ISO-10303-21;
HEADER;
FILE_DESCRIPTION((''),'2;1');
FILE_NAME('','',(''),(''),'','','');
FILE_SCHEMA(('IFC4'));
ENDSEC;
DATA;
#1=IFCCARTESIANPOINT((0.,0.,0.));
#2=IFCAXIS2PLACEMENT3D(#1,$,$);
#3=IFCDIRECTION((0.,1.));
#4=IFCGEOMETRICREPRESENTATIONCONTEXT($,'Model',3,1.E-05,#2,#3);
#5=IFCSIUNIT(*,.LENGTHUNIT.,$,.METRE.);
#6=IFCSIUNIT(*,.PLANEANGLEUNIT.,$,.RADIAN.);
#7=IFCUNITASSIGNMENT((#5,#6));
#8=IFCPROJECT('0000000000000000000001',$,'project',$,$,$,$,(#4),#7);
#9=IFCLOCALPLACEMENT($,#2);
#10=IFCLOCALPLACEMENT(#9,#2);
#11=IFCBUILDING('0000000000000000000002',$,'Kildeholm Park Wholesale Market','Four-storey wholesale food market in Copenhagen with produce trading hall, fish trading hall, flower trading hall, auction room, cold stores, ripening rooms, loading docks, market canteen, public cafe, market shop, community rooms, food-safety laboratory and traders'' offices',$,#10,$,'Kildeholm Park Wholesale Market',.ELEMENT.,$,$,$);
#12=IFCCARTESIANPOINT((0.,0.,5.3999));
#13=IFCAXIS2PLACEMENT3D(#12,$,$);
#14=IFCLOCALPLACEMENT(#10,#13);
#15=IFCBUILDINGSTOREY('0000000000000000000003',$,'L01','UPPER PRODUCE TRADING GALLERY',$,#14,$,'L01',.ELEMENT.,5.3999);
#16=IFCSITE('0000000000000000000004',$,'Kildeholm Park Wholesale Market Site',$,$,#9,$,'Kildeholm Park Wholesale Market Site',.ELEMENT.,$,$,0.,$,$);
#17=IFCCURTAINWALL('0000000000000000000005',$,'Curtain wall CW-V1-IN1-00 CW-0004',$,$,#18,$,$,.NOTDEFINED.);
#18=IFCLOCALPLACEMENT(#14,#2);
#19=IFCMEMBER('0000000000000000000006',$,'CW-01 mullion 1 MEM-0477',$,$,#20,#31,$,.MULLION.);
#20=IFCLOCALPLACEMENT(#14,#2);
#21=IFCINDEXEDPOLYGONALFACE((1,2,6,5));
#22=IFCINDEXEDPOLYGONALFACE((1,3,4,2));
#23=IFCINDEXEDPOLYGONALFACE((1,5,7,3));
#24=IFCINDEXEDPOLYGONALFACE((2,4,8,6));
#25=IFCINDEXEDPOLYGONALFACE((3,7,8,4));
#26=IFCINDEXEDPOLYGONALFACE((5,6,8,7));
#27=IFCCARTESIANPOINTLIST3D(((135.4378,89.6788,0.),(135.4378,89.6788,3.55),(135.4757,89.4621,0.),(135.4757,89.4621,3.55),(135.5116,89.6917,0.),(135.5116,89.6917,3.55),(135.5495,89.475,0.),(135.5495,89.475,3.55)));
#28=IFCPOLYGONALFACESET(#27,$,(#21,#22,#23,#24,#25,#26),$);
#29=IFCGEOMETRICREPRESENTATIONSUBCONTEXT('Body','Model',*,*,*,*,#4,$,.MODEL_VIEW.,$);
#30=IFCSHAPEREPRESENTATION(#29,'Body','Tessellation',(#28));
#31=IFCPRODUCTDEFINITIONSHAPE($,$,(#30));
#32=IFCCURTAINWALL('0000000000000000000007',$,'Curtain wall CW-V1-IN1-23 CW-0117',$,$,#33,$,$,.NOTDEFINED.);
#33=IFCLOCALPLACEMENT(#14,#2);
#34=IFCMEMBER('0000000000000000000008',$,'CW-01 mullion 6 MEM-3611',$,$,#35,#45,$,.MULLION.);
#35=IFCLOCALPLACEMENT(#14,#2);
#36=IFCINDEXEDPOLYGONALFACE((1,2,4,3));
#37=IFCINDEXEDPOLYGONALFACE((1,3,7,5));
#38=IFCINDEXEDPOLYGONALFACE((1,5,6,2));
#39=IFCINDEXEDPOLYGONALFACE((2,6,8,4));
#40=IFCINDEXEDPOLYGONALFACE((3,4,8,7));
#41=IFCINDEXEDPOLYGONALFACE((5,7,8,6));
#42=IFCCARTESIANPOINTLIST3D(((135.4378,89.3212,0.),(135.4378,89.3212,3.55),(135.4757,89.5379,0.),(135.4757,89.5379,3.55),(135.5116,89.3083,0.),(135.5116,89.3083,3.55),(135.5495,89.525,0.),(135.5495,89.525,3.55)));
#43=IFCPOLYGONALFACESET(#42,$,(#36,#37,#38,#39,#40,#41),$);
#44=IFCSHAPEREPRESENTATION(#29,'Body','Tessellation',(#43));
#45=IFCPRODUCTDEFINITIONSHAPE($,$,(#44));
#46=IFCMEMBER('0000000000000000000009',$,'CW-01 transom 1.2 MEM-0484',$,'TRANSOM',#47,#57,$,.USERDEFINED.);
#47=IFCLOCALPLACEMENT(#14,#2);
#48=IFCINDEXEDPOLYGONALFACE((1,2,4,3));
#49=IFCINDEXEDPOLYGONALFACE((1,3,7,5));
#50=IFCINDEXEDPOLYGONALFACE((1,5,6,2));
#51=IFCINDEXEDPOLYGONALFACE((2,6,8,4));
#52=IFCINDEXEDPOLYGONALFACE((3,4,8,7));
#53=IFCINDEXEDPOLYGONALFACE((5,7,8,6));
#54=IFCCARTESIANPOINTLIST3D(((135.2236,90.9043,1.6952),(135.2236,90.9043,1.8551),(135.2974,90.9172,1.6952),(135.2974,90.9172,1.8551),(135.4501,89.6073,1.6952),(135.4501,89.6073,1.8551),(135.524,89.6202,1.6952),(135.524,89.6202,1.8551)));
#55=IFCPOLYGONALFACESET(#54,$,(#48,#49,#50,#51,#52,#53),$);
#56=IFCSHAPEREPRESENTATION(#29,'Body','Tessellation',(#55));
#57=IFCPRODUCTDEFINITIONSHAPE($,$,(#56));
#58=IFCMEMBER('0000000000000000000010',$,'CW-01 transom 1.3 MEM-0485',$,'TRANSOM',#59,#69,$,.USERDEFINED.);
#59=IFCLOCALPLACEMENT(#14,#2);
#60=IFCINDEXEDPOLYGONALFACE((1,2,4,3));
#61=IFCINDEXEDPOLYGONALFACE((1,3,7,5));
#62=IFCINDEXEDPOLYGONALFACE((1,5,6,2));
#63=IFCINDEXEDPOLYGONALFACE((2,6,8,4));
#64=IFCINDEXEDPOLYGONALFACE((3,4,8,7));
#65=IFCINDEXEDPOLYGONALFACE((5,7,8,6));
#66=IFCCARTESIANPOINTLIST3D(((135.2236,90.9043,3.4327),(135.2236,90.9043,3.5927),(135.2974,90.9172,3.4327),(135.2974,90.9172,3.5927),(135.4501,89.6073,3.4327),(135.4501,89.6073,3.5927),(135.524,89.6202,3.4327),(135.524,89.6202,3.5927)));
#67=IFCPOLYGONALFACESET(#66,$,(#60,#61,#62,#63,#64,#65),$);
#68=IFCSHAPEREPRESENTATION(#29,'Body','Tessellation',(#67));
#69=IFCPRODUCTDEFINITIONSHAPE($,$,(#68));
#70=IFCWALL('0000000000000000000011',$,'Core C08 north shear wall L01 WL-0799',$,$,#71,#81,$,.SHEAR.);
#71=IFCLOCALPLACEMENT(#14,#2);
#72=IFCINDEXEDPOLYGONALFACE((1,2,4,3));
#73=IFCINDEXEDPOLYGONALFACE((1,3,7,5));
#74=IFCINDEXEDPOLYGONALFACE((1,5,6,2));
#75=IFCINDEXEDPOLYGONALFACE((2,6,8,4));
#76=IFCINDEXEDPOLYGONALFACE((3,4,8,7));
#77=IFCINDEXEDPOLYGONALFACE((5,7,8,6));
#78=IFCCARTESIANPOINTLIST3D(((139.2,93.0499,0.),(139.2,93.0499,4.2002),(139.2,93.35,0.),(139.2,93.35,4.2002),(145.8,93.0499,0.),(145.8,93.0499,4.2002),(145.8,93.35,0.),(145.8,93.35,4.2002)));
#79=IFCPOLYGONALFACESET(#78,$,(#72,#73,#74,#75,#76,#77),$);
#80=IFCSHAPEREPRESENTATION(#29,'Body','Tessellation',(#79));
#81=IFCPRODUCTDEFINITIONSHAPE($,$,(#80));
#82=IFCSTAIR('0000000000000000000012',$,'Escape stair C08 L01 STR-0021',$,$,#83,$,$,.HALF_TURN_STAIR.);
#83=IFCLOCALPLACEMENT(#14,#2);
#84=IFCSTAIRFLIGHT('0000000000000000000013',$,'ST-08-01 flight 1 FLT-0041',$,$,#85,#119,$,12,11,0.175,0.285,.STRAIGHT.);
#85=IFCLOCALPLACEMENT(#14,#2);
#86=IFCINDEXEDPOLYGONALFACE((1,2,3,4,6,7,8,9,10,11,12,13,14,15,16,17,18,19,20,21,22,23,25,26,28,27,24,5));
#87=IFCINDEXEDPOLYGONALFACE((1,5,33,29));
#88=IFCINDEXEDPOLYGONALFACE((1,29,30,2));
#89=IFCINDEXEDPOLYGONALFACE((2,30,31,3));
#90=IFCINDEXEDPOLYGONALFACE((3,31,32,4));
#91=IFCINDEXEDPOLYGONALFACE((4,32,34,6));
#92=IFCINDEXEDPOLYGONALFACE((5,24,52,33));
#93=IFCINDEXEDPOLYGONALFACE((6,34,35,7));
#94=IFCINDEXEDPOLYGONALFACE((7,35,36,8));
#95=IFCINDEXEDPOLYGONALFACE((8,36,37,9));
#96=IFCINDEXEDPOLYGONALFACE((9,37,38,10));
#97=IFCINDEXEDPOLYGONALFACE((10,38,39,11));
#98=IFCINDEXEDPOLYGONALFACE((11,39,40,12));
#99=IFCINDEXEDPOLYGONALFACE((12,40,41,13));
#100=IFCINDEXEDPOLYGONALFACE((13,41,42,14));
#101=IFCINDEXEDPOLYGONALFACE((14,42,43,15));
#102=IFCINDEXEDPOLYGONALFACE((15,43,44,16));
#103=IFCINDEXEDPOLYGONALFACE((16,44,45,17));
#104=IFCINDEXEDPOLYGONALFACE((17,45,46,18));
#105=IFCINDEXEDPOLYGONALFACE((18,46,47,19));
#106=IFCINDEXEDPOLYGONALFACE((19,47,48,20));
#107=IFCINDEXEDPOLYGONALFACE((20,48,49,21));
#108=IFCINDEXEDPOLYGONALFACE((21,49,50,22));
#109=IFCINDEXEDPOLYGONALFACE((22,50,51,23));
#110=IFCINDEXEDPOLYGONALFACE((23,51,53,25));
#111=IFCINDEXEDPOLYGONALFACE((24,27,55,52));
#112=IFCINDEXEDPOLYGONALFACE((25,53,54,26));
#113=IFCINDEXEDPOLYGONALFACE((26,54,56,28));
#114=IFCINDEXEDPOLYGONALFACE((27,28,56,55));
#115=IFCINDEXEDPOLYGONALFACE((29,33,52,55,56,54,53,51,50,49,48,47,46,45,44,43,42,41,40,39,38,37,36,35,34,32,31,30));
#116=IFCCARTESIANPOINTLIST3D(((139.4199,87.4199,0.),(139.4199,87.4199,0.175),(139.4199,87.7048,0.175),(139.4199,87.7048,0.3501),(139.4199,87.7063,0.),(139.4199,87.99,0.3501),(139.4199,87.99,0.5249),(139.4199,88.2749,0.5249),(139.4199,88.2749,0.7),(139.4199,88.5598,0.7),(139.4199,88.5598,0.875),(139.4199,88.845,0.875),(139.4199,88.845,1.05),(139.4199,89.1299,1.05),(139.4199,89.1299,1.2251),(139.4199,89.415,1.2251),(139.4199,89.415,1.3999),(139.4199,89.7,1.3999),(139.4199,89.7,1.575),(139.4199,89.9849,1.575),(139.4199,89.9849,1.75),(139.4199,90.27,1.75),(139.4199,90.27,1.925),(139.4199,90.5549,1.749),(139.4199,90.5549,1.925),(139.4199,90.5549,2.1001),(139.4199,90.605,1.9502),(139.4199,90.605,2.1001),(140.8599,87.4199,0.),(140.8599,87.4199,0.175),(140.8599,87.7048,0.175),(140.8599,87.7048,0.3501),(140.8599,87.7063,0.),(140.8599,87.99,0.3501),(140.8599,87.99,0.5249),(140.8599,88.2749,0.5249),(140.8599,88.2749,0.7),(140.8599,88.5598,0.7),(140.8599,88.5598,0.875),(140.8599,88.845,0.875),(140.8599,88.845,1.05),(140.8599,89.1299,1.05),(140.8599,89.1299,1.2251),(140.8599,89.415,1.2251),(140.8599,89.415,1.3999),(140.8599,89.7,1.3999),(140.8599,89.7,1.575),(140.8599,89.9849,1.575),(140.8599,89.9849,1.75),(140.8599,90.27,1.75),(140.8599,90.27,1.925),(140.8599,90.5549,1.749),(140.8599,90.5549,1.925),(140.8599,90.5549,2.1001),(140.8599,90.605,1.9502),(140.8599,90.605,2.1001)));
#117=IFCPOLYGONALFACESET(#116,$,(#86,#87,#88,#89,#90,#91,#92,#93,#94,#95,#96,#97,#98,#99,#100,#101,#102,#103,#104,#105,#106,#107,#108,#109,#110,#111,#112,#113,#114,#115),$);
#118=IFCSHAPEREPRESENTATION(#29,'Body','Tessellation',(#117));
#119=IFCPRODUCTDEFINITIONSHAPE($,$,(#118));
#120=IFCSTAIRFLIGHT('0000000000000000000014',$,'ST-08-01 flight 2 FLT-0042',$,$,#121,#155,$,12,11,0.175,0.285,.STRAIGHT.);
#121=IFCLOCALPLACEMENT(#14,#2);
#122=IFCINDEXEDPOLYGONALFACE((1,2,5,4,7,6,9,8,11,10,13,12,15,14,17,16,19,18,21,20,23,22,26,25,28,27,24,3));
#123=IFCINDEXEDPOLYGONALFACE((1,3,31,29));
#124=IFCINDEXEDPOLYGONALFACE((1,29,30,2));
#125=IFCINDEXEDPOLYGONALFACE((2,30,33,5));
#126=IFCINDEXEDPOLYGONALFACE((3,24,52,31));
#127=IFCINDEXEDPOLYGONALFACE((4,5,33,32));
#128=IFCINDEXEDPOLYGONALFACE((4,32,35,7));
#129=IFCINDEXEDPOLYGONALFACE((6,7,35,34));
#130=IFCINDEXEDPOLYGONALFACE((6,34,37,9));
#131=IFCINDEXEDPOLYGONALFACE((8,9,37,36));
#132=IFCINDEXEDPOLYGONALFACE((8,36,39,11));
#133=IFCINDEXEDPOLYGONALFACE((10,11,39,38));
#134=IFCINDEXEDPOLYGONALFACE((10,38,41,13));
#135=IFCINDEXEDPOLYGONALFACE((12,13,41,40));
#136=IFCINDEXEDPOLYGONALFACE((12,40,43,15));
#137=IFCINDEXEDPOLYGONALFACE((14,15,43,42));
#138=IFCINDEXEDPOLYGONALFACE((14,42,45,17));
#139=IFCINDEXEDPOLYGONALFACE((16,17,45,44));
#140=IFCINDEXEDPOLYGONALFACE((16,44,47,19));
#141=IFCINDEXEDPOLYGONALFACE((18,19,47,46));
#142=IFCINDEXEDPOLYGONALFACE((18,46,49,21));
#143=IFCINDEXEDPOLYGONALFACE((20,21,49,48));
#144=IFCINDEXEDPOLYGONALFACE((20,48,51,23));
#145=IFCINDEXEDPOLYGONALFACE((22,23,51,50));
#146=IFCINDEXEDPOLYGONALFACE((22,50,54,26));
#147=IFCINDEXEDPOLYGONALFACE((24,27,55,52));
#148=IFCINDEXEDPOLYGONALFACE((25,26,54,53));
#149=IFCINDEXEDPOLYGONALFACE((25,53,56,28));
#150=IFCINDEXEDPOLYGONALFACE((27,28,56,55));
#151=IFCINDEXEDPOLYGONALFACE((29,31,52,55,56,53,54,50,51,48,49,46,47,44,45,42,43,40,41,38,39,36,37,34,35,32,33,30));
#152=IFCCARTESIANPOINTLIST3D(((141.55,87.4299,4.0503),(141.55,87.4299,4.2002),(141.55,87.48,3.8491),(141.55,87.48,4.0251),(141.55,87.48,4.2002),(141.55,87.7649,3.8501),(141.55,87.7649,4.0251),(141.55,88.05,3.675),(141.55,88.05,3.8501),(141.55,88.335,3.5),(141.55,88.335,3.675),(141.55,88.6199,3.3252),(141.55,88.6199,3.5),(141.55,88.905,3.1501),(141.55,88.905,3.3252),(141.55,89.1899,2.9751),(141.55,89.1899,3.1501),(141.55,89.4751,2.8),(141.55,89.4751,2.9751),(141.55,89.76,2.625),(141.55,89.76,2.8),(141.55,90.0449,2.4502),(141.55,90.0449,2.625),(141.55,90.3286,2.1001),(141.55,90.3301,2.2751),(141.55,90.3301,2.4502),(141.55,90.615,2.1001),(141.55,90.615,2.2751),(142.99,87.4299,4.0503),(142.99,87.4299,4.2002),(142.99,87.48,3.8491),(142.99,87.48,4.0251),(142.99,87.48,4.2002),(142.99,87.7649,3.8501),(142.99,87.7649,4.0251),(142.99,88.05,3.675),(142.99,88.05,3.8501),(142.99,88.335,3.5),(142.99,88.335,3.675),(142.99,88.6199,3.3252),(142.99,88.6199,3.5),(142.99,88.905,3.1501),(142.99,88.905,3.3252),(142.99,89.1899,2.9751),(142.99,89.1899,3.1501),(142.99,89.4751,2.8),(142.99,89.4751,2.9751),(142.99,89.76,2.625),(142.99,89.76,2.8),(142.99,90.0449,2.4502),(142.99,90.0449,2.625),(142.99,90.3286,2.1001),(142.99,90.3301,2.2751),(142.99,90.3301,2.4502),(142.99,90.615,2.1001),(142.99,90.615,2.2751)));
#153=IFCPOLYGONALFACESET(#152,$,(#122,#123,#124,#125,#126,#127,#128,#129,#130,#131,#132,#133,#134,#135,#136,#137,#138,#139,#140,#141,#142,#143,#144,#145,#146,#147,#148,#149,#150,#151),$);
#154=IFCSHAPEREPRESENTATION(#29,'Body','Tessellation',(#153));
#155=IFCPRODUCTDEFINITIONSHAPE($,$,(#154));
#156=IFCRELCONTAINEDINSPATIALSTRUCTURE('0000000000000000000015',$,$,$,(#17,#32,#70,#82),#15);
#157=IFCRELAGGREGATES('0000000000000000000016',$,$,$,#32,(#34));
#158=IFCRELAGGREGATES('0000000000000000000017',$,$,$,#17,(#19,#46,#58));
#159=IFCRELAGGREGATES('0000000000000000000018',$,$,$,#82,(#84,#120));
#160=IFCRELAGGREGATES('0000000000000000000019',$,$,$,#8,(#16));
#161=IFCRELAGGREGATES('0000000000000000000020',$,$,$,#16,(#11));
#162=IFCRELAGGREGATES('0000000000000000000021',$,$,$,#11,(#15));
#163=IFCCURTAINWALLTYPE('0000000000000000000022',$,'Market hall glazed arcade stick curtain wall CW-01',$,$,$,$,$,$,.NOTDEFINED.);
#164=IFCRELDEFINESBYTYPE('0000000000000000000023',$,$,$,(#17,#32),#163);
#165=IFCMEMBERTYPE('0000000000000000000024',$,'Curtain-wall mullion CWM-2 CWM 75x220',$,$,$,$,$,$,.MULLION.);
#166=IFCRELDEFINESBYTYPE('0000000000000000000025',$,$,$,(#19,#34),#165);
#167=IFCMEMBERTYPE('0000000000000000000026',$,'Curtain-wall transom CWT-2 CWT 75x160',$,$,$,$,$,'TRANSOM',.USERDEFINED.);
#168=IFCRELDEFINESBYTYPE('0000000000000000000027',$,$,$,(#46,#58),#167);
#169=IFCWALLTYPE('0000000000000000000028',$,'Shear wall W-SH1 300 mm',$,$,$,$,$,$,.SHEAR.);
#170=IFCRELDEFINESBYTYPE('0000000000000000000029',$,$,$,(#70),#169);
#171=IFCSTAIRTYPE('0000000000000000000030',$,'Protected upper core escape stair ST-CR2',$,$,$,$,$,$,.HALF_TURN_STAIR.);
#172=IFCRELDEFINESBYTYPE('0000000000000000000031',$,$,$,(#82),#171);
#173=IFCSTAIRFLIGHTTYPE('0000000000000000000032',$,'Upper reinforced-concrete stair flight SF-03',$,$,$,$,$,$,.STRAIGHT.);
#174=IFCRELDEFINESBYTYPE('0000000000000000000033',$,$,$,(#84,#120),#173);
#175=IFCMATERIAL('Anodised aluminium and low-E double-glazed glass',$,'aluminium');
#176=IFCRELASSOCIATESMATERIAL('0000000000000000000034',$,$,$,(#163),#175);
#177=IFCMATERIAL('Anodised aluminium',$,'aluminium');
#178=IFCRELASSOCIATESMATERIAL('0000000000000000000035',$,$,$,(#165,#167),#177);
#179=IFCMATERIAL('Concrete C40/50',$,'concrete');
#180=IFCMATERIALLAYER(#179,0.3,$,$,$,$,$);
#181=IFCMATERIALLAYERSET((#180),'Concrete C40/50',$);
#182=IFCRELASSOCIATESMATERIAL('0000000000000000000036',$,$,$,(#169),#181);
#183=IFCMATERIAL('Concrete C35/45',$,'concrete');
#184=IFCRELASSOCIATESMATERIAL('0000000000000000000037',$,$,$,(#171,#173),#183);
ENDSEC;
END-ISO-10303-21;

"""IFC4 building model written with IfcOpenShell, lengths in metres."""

from ifc_helpers import new_model, si_unit, direction, frame, frame_2d, origin, origin_2d, place, context, subcontext, project, spatial, polyline, rectangle, outline, extrude, material, layer, layer_set, material_profile, profile_set, type_object, element, aggregate, save


model = new_model("IFC4")

# Units and contexts
model_context = context("Model", 3, precision=1e-05, world=origin(), true_north=direction((0.0, 1.0)))
body_context = subcontext(model_context, "Body", "Model", "MODEL_VIEW")
ifc_project = project(units=[si_unit("LENGTHUNIT", "METRE"), si_unit("PLANEANGLEUNIT", "RADIAN")], contexts=[model_context])

# Site, building, storey
site_placement = place(None, origin())
site = spatial("IfcSite", under=ifc_project, at=site_placement, Name="Kildeholm Park Wholesale Market Site", LongName="Kildeholm Park Wholesale Market Site", CompositionType="ELEMENT", RefElevation=0.0)
building_placement = place(site_placement, origin())
building = spatial("IfcBuilding", under=site, at=building_placement, Name="Kildeholm Park Wholesale Market", Description="Four-storey wholesale food market in Copenhagen with produce trading hall, fish trading hall, flower trading hall, auction room, cold stores, ripening rooms, loading docks, market canteen, public cafe, market shop, community rooms, food-safety laboratory and traders' offices", LongName="Kildeholm Park Wholesale Market", CompositionType="ELEMENT")
storey_placement = place(building_placement, frame((0.0, 0.0, 5.3999)))
storey = spatial("IfcBuildingStorey", under=building, at=storey_placement, Name="L01", Description="UPPER PRODUCE TRADING GALLERY", LongName="L01", CompositionType="ELEMENT", Elevation=5.3999)

# Curtain walls, members
ifc_material_1 = material(Name="Anodised aluminium and low-E double-glazed glass", Category="aluminium")
curtain_wall_type = type_object("IfcCurtainWallType", Name="Market hall glazed arcade stick curtain wall CW-01", PredefinedType="NOTDEFINED", material=ifc_material_1)
curtain_wall_1_placement = place(storey_placement, origin())
curtain_wall_1 = element("IfcCurtainWall", 1, at=curtain_wall_1_placement, inside=storey, type_object=curtain_wall_type, Name="Curtain wall CW-V1-IN1-00 CW-0004", PredefinedType="NOTDEFINED")
ifc_material_2 = material(Name="Anodised aluminium", Category="aluminium")
ifc_material_profile_1 = material_profile(ifc_material_2, rectangle(XDim=0.075, YDim=0.22, at=origin_2d()), Name="CWM 75x220")
ifc_profile_set_1 = profile_set([ifc_material_profile_1], Name="Anodised aluminium")
member_type_1 = type_object("IfcMemberType", Name="Curtain-wall mullion CWM-2 CWM 75x220", PredefinedType="MULLION", material=ifc_profile_set_1)
member_1_placement = place(storey_placement, frame((135.4937, 89.5769, 0.0), z_axis=(0.0, 0.0, 1.0), x_axis=(-0.985074, -0.172133, 0.0)))
member_1 = element("IfcMember", 2, at=member_1_placement, type_object=member_type_1, Name="CW-01 mullion 1 MEM-0477", PredefinedType="MULLION", context=body_context, shape_type="SweptSolid", body=[
    extrude(rectangle(XDim=0.075, YDim=0.22, at=origin_2d()), origin(), (0.0, 0.0, 1.0), 3.55),
])
curtain_wall_2_placement = place(storey_placement, origin())
curtain_wall_2 = element("IfcCurtainWall", 3, at=curtain_wall_2_placement, inside=storey, type_object=curtain_wall_type, Name="Curtain wall CW-V1-IN1-23 CW-0117", PredefinedType="NOTDEFINED")
member_2_placement = place(storey_placement, frame((135.4937, 89.4231, 0.0), z_axis=(0.0, 0.0, 1.0), x_axis=(-0.985074, 0.172133, 0.0)))
member_2 = element("IfcMember", 4, at=member_2_placement, type_object=member_type_1, Name="CW-01 mullion 6 MEM-3611", PredefinedType="MULLION", context=body_context, shape_type="SweptSolid", body=[
    extrude(rectangle(XDim=0.075, YDim=0.22, at=origin_2d()), origin(), (0.0, 0.0, 1.0), 3.55),
])
aggregate(curtain_wall_2, [member_2])

# Members
ifc_material_profile_2 = material_profile(ifc_material_2, rectangle(XDim=0.075, YDim=0.1599, at=origin_2d()), Name="CWT 75x160")
ifc_profile_set_2 = profile_set([ifc_material_profile_2], Name="Anodised aluminium")
member_type_2 = type_object("IfcMemberType", Name="Curtain-wall transom CWT-2 CWT 75x160", ElementType="TRANSOM", PredefinedType="USERDEFINED", material=ifc_profile_set_2)
member_3_placement = place(storey_placement, frame((135.4871, 89.6138, 1.7751), z_axis=(-0.172061, 0.985086, 0.0), x_axis=(-0.985086, -0.172061, 0.0)))
member_3 = element("IfcMember", 5, at=member_3_placement, type_object=member_type_2, Name="CW-01 transom 1.2 MEM-0484", ObjectType="TRANSOM", PredefinedType="USERDEFINED", context=body_context, shape_type="SweptSolid", body=[
    extrude(rectangle(XDim=0.075, YDim=0.1599, at=origin_2d()), origin(), (0.0, 0.0, 1.0), 1.3167),
])
member_4_placement = place(storey_placement, frame((135.4871, 89.6138, 3.5127), z_axis=(-0.172061, 0.985086, 0.0), x_axis=(-0.985086, -0.172061, 0.0)))
member_4 = element("IfcMember", 6, at=member_4_placement, type_object=member_type_2, Name="CW-01 transom 1.3 MEM-0485", ObjectType="TRANSOM", PredefinedType="USERDEFINED", context=body_context, shape_type="SweptSolid", body=[
    extrude(rectangle(XDim=0.075, YDim=0.1599, at=origin_2d()), origin(), (0.0, 0.0, 1.0), 1.3167),
])
aggregate(curtain_wall_1, [member_1, member_3, member_4])

# Wall
ifc_material_3 = material(Name="Concrete C40/50", Category="concrete")
ifc_layer_1 = layer(ifc_material_3, 0.3)
ifc_layer_set_1 = layer_set([ifc_layer_1], Name="Concrete C40/50")
wall_type_1 = type_object("IfcWallType", Name="Shear wall W-SH1 300 mm", PredefinedType="SHEAR", material=ifc_layer_set_1)
wall_1_placement = place(storey_placement, frame((139.2, 93.2, 0.0), z_axis=(0.0, 0.0, 1.0), x_axis=(1.0, 0.0, 0.0)))
element("IfcWall", 7, at=wall_1_placement, inside=storey, type_object=wall_type_1, Name="Core C08 north shear wall L01 WL-0799", PredefinedType="SHEAR", context=body_context, shape_type="SweptSolid", body=[
    extrude(rectangle(XDim=6.6001, YDim=0.3, at=frame_2d((3.3, 0.0))), origin(), (0.0, 0.0, 1.0), 4.2002),
])

# Stair, stair flights
ifc_material_4 = material(Name="Concrete C35/45", Category="concrete")
stair_type = type_object("IfcStairType", Name="Protected upper core escape stair ST-CR2", PredefinedType="HALF_TURN_STAIR", material=ifc_material_4)
stair_placement = place(storey_placement, origin())
stair = element("IfcStair", 8, at=stair_placement, inside=storey, type_object=stair_type, Name="Escape stair C08 L01 STR-0021", PredefinedType="HALF_TURN_STAIR")
stair_flight_type = type_object("IfcStairFlightType", Name="Upper reinforced-concrete stair flight SF-03", PredefinedType="STRAIGHT", material=ifc_material_4)
stair_flight_1_placement = place(storey_placement, frame((140.1399, 87.4199, 0.0), z_axis=(0.0, 0.0, 1.0), x_axis=(0.0, 1.0, 0.0)))
stair_flight_1 = element("IfcStairFlight", 9, at=stair_flight_1_placement, type_object=stair_flight_type, Name="ST-08-01 flight 1 FLT-0041", NumberOfRisers=12, NumberOfTreads=11, PredefinedType="STRAIGHT", RiserHeight=0.175, TreadLength=0.285, context=body_context, shape_type="SweptSolid", body=[
    extrude(outline(polyline([(0.0, 0.0), (0.0, 0.175), (0.2849, 0.175), (0.2849, 0.3501), (0.5701, 0.3501), (0.5701, 0.5249), (0.855, 0.5249), (0.855, 0.7), (1.1399, 0.7), (1.1399, 0.875), (1.425, 0.875), (1.425, 1.05), (1.71, 1.05), (1.71, 1.2251), (1.9951, 1.2251), (1.9951, 1.3999), (2.28, 1.3999), (2.28, 1.575), (2.5649, 1.575), (2.5649, 1.75), (2.8501, 1.75), (2.8501, 1.925), (3.135, 1.925), (3.135, 2.1001), (3.1851, 2.1001), (3.1851, 1.9502), (3.135, 1.749), (0.2864, 0.0), (0.0, 0.0)])), frame((0.0, 0.72, 0.0), z_axis=(0.0, -1.0, 0.0), x_axis=(1.0, 0.0, 0.0)), (0.0, 0.0, 1.0), 1.4399),
])
stair_flight_2_placement = place(storey_placement, frame((142.27, 90.615, 2.1001), z_axis=(0.0, 0.0, 1.0), x_axis=(0.0, -1.0, 0.0)))
stair_flight_2 = element("IfcStairFlight", 10, at=stair_flight_2_placement, type_object=stair_flight_type, Name="ST-08-01 flight 2 FLT-0042", NumberOfRisers=12, NumberOfTreads=11, PredefinedType="STRAIGHT", RiserHeight=0.175, TreadLength=0.285, context=body_context, shape_type="SweptSolid", body=[
    extrude(outline(polyline([(0.0, 0.0), (0.0, 0.175), (0.2849, 0.175), (0.2849, 0.3501), (0.5701, 0.3501), (0.5701, 0.5249), (0.855, 0.5249), (0.855, 0.7), (1.1399, 0.7), (1.1399, 0.875), (1.425, 0.875), (1.425, 1.05), (1.71, 1.05), (1.71, 1.2251), (1.9951, 1.2251), (1.9951, 1.3999), (2.28, 1.3999), (2.28, 1.575), (2.5649, 1.575), (2.5649, 1.75), (2.8501, 1.75), (2.8501, 1.925), (3.135, 1.925), (3.135, 2.1001), (3.1851, 2.1001), (3.1851, 1.9502), (3.135, 1.749), (0.2864, 0.0), (0.0, 0.0)])), frame((0.0, 0.72, 0.0), z_axis=(0.0, -1.0, 0.0), x_axis=(1.0, 0.0, 0.0)), (0.0, 0.0, 1.0), 1.4399),
])
aggregate(stair, [stair_flight_1, stair_flight_2])

save(model, "model.ifc")
